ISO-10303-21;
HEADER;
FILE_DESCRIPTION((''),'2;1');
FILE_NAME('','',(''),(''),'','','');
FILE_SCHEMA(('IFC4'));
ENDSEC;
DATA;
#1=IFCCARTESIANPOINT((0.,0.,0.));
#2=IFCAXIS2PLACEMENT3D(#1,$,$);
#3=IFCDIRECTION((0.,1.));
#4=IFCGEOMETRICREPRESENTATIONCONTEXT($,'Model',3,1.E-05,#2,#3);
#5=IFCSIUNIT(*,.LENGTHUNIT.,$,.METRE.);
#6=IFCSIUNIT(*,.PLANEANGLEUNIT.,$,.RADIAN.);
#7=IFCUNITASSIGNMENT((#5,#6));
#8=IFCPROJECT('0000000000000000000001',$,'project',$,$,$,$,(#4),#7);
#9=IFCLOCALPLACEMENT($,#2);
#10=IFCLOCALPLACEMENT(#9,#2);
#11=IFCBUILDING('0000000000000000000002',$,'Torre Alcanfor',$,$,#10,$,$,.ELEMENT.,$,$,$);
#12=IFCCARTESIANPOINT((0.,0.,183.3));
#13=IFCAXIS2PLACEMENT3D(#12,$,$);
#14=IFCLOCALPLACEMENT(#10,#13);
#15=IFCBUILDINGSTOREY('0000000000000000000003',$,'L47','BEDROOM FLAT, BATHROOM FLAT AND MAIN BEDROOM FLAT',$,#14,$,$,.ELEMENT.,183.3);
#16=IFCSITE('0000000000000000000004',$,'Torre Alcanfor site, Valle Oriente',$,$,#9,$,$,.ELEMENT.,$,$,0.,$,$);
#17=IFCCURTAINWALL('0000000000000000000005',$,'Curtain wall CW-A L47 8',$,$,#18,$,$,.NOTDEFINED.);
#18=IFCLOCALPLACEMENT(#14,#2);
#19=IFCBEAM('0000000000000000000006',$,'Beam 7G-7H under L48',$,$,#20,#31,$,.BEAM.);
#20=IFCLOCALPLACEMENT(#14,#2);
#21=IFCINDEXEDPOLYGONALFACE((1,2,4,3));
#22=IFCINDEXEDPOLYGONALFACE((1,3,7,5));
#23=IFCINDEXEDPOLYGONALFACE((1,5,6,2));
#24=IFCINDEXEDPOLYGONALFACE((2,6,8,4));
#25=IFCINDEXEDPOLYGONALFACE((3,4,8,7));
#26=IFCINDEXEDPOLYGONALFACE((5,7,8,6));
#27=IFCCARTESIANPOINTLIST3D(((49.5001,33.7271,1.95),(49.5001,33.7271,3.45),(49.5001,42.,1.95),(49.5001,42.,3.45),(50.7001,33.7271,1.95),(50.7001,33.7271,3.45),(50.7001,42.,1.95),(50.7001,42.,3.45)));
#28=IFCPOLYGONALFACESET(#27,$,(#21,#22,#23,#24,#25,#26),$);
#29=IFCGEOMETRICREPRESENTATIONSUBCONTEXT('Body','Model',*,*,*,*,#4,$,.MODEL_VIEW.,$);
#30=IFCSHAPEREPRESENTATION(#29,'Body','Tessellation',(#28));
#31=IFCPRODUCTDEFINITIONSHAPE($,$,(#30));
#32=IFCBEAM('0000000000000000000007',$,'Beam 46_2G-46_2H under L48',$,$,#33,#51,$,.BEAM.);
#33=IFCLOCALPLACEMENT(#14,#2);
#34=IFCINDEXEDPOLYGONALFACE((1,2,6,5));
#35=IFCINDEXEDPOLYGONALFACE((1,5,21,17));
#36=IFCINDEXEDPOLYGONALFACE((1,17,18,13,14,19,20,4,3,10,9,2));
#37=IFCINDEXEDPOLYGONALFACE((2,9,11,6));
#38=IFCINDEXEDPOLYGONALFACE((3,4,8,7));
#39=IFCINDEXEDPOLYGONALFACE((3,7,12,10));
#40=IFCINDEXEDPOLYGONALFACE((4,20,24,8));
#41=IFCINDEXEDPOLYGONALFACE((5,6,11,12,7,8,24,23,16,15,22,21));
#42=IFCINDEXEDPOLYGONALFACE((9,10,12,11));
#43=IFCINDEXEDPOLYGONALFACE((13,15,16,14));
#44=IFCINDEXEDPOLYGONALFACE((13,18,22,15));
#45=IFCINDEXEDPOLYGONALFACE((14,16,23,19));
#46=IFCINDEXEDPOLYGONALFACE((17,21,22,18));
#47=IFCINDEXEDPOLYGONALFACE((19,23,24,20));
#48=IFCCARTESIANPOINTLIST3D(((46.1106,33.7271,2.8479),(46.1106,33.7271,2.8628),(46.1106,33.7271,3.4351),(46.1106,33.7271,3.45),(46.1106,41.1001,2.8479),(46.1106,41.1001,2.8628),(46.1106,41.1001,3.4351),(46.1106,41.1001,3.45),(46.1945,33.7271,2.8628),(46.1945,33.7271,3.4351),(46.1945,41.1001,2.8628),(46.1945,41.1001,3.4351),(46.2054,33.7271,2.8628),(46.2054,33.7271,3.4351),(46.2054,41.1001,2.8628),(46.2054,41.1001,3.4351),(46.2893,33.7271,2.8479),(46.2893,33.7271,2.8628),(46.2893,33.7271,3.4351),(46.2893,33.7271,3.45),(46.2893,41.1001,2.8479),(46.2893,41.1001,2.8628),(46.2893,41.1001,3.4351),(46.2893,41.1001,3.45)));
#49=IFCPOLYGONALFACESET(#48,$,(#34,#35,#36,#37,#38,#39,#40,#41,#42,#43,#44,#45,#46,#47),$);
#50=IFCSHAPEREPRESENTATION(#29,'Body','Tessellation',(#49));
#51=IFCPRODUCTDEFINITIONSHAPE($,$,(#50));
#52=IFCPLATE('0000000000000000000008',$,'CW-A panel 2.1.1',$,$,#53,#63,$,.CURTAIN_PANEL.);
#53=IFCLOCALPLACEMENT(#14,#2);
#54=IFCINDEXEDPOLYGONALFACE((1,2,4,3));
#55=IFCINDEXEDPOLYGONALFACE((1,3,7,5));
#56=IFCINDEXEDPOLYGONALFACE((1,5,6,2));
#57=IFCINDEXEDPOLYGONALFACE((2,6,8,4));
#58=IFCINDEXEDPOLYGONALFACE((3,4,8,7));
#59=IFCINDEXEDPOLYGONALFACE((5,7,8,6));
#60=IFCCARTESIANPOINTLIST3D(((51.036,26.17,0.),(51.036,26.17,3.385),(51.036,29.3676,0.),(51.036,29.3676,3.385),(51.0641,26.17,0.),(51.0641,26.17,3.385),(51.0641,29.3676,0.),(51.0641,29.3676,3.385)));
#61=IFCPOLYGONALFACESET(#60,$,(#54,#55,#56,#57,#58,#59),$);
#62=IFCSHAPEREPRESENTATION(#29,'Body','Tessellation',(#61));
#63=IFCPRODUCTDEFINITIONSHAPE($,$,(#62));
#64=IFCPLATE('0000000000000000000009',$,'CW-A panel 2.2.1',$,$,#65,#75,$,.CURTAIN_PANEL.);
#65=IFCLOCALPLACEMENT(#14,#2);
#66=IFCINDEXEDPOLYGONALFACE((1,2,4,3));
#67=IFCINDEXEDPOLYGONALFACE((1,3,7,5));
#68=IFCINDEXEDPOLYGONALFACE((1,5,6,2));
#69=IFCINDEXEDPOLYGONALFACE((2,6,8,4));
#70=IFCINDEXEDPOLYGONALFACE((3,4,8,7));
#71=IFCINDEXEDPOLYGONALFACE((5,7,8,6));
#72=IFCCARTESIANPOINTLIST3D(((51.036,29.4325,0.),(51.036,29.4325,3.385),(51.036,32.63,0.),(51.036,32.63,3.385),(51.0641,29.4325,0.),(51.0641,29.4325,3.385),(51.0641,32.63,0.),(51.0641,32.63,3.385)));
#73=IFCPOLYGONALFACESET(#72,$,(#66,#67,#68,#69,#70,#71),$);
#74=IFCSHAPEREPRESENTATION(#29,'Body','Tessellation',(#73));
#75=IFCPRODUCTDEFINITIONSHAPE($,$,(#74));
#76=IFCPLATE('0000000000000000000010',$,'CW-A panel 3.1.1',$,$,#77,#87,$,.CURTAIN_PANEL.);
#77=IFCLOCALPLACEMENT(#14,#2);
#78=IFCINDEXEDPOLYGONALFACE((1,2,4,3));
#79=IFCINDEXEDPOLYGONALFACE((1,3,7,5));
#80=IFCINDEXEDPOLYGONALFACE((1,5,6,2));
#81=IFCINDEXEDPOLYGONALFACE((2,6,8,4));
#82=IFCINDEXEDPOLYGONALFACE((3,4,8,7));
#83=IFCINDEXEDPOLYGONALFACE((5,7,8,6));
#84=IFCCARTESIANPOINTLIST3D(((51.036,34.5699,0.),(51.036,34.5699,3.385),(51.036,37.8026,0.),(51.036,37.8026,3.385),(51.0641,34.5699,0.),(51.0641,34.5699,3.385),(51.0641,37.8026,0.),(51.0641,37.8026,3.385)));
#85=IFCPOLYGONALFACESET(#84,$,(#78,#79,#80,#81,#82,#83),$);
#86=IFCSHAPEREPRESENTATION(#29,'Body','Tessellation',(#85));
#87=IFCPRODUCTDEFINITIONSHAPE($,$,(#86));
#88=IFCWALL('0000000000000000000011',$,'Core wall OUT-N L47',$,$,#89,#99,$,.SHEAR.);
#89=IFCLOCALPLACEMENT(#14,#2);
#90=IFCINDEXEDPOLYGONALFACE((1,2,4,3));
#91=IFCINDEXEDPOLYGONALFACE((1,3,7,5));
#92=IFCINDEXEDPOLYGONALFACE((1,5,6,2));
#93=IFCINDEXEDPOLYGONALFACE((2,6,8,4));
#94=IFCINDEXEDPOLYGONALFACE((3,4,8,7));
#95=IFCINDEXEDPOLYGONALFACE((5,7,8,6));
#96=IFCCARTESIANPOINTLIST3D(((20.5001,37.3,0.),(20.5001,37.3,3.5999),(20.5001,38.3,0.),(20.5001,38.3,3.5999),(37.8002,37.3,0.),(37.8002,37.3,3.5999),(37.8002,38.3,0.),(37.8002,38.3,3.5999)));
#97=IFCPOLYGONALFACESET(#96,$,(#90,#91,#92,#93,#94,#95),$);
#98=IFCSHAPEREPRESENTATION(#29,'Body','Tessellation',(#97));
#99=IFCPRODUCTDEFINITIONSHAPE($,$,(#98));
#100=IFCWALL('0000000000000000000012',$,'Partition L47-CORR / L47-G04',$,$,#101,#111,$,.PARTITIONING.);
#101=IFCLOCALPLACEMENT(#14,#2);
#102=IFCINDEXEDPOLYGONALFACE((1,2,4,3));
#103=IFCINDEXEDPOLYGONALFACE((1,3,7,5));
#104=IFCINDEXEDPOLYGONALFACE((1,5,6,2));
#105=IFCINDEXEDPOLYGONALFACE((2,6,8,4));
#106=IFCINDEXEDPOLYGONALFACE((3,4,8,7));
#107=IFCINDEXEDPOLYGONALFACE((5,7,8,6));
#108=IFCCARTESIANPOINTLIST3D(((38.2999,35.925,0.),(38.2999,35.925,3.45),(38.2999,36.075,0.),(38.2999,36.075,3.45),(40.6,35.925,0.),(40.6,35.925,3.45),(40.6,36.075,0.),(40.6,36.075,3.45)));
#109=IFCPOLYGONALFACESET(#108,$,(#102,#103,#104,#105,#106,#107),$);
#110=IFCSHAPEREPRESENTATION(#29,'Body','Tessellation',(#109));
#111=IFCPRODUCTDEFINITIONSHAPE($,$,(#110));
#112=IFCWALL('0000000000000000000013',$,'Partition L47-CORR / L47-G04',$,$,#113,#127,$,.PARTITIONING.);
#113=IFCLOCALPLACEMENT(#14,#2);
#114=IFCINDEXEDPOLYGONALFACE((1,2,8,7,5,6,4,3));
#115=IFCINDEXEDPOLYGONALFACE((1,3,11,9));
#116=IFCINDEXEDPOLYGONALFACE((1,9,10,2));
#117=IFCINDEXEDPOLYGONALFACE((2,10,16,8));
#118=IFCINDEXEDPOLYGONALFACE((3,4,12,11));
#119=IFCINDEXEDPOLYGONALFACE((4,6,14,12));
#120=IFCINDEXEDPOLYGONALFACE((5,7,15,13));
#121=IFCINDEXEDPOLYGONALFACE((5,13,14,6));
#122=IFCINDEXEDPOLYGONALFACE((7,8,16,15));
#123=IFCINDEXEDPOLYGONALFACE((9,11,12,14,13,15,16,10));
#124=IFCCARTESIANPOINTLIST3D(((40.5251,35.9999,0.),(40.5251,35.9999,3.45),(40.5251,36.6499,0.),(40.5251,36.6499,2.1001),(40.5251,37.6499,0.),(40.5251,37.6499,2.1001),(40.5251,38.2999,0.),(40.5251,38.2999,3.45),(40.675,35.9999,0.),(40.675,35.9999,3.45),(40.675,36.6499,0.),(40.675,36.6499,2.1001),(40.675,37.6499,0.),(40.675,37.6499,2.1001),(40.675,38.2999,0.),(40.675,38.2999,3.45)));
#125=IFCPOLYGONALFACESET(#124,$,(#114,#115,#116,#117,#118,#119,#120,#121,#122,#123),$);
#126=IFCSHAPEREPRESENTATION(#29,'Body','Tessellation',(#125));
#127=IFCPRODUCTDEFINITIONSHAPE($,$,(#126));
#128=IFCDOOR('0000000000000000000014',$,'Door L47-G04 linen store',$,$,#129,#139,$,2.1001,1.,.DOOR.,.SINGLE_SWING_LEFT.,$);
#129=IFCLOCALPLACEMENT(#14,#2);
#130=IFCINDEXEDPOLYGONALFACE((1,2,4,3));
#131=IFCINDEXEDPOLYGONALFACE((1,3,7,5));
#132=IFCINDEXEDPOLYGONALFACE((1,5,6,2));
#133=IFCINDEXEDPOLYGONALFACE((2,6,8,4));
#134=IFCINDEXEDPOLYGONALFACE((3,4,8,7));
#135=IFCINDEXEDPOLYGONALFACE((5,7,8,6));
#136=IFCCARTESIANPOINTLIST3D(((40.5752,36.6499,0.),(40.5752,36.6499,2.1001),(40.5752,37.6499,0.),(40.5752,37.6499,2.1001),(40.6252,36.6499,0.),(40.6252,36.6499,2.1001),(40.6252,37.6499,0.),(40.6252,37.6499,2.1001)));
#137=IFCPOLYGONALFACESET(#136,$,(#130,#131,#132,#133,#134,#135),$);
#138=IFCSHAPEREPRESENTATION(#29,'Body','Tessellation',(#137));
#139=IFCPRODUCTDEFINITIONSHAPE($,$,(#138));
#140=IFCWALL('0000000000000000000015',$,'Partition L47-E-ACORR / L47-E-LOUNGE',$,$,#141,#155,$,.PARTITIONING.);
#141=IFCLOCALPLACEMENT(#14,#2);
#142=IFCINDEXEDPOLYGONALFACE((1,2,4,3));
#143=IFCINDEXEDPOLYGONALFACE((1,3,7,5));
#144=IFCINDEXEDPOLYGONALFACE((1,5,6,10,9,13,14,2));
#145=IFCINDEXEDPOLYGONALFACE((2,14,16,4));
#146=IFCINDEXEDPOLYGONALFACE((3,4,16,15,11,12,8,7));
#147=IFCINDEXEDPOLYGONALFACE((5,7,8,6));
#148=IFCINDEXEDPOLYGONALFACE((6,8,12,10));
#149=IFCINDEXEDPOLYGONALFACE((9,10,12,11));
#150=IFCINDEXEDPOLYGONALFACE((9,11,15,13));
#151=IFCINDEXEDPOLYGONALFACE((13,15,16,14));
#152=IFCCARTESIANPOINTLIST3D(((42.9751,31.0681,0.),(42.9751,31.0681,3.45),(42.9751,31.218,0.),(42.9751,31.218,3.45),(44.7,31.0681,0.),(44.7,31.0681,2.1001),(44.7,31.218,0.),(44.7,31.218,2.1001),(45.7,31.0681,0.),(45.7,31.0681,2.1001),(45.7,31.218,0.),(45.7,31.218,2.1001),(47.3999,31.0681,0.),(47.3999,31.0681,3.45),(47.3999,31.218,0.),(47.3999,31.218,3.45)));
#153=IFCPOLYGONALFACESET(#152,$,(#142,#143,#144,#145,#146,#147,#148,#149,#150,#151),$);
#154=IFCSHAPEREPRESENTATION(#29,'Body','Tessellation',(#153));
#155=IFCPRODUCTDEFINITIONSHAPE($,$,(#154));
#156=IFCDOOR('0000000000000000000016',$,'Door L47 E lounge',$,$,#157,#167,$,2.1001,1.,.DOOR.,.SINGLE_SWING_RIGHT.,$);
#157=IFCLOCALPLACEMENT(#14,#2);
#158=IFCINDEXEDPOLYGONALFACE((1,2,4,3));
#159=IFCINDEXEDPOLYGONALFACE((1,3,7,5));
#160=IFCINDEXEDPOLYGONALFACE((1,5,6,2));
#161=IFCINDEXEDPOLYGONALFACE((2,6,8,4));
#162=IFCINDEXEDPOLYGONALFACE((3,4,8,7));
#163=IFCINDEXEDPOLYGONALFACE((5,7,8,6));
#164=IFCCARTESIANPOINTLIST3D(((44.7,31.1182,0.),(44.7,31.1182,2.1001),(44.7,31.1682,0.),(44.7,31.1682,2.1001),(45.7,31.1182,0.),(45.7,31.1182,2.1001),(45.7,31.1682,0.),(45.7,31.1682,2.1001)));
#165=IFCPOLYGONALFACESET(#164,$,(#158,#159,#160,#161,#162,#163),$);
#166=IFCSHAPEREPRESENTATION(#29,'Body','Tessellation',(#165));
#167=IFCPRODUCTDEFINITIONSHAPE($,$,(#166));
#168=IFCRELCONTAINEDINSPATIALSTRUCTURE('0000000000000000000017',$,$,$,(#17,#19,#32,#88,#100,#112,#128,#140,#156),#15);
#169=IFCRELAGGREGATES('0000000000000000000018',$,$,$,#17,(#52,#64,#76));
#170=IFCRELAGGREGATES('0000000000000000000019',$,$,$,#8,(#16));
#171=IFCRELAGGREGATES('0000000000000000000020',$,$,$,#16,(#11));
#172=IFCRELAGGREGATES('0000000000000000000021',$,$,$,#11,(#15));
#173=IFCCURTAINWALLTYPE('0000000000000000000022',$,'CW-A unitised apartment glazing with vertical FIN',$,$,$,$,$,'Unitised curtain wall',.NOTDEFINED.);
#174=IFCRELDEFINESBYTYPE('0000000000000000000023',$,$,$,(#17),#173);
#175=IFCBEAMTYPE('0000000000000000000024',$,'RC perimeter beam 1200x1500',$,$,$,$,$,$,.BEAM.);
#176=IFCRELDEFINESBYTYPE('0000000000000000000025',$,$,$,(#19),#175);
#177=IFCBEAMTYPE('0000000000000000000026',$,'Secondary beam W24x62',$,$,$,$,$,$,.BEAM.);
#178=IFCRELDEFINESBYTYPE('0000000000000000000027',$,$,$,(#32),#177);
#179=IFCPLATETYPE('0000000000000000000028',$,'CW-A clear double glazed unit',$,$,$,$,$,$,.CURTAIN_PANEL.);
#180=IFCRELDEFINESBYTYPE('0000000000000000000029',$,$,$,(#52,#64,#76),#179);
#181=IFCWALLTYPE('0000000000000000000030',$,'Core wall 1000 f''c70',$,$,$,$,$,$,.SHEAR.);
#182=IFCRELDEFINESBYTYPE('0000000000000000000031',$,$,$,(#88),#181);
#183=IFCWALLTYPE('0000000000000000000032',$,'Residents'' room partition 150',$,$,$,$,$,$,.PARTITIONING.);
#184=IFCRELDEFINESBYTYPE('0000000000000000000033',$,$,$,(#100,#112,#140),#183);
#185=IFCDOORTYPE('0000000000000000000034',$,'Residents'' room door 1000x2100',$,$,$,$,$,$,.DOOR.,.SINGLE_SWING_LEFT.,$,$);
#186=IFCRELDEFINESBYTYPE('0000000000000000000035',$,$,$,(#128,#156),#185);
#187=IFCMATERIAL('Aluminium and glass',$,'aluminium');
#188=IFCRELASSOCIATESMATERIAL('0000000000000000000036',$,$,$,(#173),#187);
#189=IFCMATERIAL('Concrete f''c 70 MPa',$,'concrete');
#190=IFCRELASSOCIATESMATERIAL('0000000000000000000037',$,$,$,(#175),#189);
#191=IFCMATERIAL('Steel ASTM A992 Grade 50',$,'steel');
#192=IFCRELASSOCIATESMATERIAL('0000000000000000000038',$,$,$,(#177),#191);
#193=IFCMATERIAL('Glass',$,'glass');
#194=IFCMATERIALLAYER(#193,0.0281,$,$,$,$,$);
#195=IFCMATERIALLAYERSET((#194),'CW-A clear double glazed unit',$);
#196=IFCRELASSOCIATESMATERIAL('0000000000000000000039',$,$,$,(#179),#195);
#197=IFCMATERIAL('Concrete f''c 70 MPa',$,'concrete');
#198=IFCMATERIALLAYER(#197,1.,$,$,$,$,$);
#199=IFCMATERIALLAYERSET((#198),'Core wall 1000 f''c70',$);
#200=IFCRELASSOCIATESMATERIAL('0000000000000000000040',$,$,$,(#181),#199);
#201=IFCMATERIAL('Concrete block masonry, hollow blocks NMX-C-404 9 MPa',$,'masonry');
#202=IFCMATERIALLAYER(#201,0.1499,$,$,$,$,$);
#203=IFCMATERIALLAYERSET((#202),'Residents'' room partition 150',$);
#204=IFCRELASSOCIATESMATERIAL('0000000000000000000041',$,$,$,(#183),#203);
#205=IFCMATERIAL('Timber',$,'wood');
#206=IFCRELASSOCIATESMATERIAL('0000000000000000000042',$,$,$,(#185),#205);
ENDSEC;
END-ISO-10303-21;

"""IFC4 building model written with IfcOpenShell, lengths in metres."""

from ifc_helpers import new_model, si_unit, direction, frame, frame_2d, origin, origin_2d, place, context, subcontext, project, spatial, rectangle, i_section, extrude, material, layer, layer_set, material_profile, profile_set, type_object, element, fill, aggregate, save


model = new_model("IFC4")

# Units and contexts
model_context = context("Model", 3, precision=1e-05, world=origin(), true_north=direction((0.0, 1.0)))
body_context = subcontext(model_context, "Body", "Model", "MODEL_VIEW")
ifc_project = project(units=[si_unit("LENGTHUNIT", "METRE"), si_unit("PLANEANGLEUNIT", "RADIAN")], contexts=[model_context])

# Site, building, storey
site_placement = place(None, origin())
site = spatial("IfcSite", under=ifc_project, at=site_placement, Name="Torre Alcanfor site, Valle Oriente", CompositionType="ELEMENT", RefElevation=0.0)
building_placement = place(site_placement, origin())
building = spatial("IfcBuilding", under=site, at=building_placement, Name="Torre Alcanfor", CompositionType="ELEMENT")
storey_placement = place(building_placement, frame((0.0, 0.0, 183.3)))
storey = spatial("IfcBuildingStorey", under=building, at=storey_placement, Name="L47", Description="BEDROOM FLAT, BATHROOM FLAT AND MAIN BEDROOM FLAT", CompositionType="ELEMENT", Elevation=183.3)

# Curtain wall
ifc_material_1 = material(Name="Aluminium and glass", Category="aluminium")
curtain_wall_type = type_object("IfcCurtainWallType", Name="CW-A unitised apartment glazing with vertical FIN", ElementType="Unitised curtain wall", PredefinedType="NOTDEFINED", material=ifc_material_1)
curtain_wall_placement = place(storey_placement, origin())
curtain_wall = element("IfcCurtainWall", 1, at=curtain_wall_placement, inside=storey, type_object=curtain_wall_type, Name="Curtain wall CW-A L47 8", PredefinedType="NOTDEFINED")

# Beams
ifc_material_2 = material(Name="Concrete f'c 70 MPa", Category="concrete")
ifc_material_profile_1 = material_profile(ifc_material_2, rectangle(XDim=1.2, YDim=1.5, at=origin_2d()), Name="1200x1500")
ifc_profile_set_1 = profile_set([ifc_material_profile_1], Name="Concrete f'c 70 MPa")
beam_type_1 = type_object("IfcBeamType", Name="RC perimeter beam 1200x1500", PredefinedType="BEAM", material=ifc_profile_set_1)
beam_1_placement = place(storey_placement, frame((50.1001, 33.7271, 2.7), z_axis=(0.0, 1.0, 0.0), x_axis=(-1.0, 0.0, 0.0)))
element("IfcBeam", 2, at=beam_1_placement, inside=storey, type_object=beam_type_1, Name="Beam 7G-7H under L48", PredefinedType="BEAM", context=body_context, shape_type="SweptSolid", body=[
    extrude(rectangle(XDim=1.2, YDim=1.5, at=origin_2d()), origin(), (0.0, 0.0, 1.0), 8.2729),
])
ifc_material_3 = material(Name="Steel ASTM A992 Grade 50", Category="steel")
ifc_material_profile_2 = material_profile(ifc_material_3, i_section(OverallWidth=0.1787, OverallDepth=0.6021, WebThickness=0.011, FlangeThickness=0.0149, at=origin_2d()), Name="W24x62")
ifc_profile_set_2 = profile_set([ifc_material_profile_2], Name="Steel ASTM A992 Grade 50")
beam_type_2 = type_object("IfcBeamType", Name="Secondary beam W24x62", PredefinedType="BEAM", material=ifc_profile_set_2)
beam_2_placement = place(storey_placement, frame((46.2, 33.7271, 3.1489), z_axis=(0.0, 1.0, 0.0), x_axis=(-1.0, 0.0, 0.0)))
element("IfcBeam", 3, at=beam_2_placement, inside=storey, type_object=beam_type_2, Name="Beam 46_2G-46_2H under L48", PredefinedType="BEAM", context=body_context, shape_type="SweptSolid", body=[
    extrude(i_section(OverallWidth=0.1787, OverallDepth=0.6021, WebThickness=0.011, FlangeThickness=0.0149, at=origin_2d()), origin(), (0.0, 0.0, 1.0), 7.373),
])

# Plates
ifc_material_4 = material(Name="Glass", Category="glass")
ifc_layer_1 = layer(ifc_material_4, 0.0281)
ifc_layer_set_1 = layer_set([ifc_layer_1], Name="CW-A clear double glazed unit")
plate_type = type_object("IfcPlateType", Name="CW-A clear double glazed unit", PredefinedType="CURTAIN_PANEL", material=ifc_layer_set_1)
plate_1_placement = place(storey_placement, frame((51.05, 27.7688, 0.0), z_axis=(0.0, 0.0, 1.0), x_axis=(0.0, 1.0, 0.0)))
plate_1 = element("IfcPlate", 4, at=plate_1_placement, type_object=plate_type, Name="CW-A panel 2.1.1", PredefinedType="CURTAIN_PANEL", context=body_context, shape_type="SweptSolid", body=[
    extrude(rectangle(XDim=3.1975, YDim=0.0281, at=origin_2d()), origin(), (0.0, 0.0, 1.0), 3.385),
])
plate_2_placement = place(storey_placement, frame((51.05, 31.0312, 0.0), z_axis=(0.0, 0.0, 1.0), x_axis=(0.0, 1.0, 0.0)))
plate_2 = element("IfcPlate", 5, at=plate_2_placement, type_object=plate_type, Name="CW-A panel 2.2.1", PredefinedType="CURTAIN_PANEL", context=body_context, shape_type="SweptSolid", body=[
    extrude(rectangle(XDim=3.1975, YDim=0.0281, at=origin_2d()), origin(), (0.0, 0.0, 1.0), 3.385),
])
plate_3_placement = place(storey_placement, frame((51.05, 36.1863, 0.0), z_axis=(0.0, 0.0, 1.0), x_axis=(0.0, 1.0, 0.0)))
plate_3 = element("IfcPlate", 6, at=plate_3_placement, type_object=plate_type, Name="CW-A panel 3.1.1", PredefinedType="CURTAIN_PANEL", context=body_context, shape_type="SweptSolid", body=[
    extrude(rectangle(XDim=3.2327, YDim=0.0281, at=origin_2d()), origin(), (0.0, 0.0, 1.0), 3.385),
])
aggregate(curtain_wall, [plate_1, plate_2, plate_3])

# Walls
ifc_material_5 = material(Name="Concrete f'c 70 MPa", Category="concrete")
ifc_layer_2 = layer(ifc_material_5, 1.0)
ifc_layer_set_2 = layer_set([ifc_layer_2], Name="Core wall 1000 f'c70")
wall_type_1 = type_object("IfcWallType", Name="Core wall 1000 f'c70", PredefinedType="SHEAR", material=ifc_layer_set_2)
wall_1_placement = place(storey_placement, frame((37.8, 37.8, 0.0), z_axis=(0.0, 0.0, 1.0), x_axis=(-1.0, 0.0, 0.0)))
element("IfcWall", 7, at=wall_1_placement, inside=storey, type_object=wall_type_1, Name="Core wall OUT-N L47", PredefinedType="SHEAR", context=body_context, shape_type="SweptSolid", body=[
    extrude(rectangle(XDim=17.3, YDim=1.0, at=frame_2d((8.6499, 0.0))), origin(), (0.0, 0.0, 1.0), 3.5999),
])
ifc_material_6 = material(Name="Concrete block masonry, hollow blocks NMX-C-404 9 MPa", Category="masonry")
ifc_layer_3 = layer(ifc_material_6, 0.1499)
ifc_layer_set_3 = layer_set([ifc_layer_3], Name="Residents' room partition 150")
wall_type_2 = type_object("IfcWallType", Name="Residents' room partition 150", PredefinedType="PARTITIONING", material=ifc_layer_set_3)
wall_2_placement = place(storey_placement, frame((38.3, 36.0, 0.0), z_axis=(0.0, 0.0, 1.0), x_axis=(1.0, 0.0, 0.0)))
element("IfcWall", 8, at=wall_2_placement, inside=storey, type_object=wall_type_2, Name="Partition L47-CORR / L47-G04", PredefinedType="PARTITIONING", context=body_context, shape_type="SweptSolid", body=[
    extrude(rectangle(XDim=2.3, YDim=0.1499, at=frame_2d((1.1499, 0.0))), origin(), (0.0, 0.0, 1.0), 3.45),
])

# Walls, openings, doors
wall_3_placement = place(storey_placement, frame((40.6001, 36.0, 0.0), z_axis=(0.0, 0.0, 1.0), x_axis=(0.0, 1.0, 0.0)))
wall_3 = element("IfcWall", 9, at=wall_3_placement, inside=storey, type_object=wall_type_2, Name="Partition L47-CORR / L47-G04", PredefinedType="PARTITIONING", context=body_context, shape_type="SweptSolid", body=[
    extrude(rectangle(XDim=2.3, YDim=0.1499, at=frame_2d((1.1499, 0.0))), origin(), (0.0, 0.0, 1.0), 3.45),
])
opening_1_placement = place(wall_3_placement, frame((0.6499, 0.0, 0.0)))
opening_1 = element("IfcOpeningElement", 10, at=opening_1_placement, cuts=wall_3, PredefinedType="OPENING", context=body_context, shape_type="SweptSolid", body=[
    extrude(rectangle(XDim=1.0, YDim=2.1001, at=frame_2d((0.5, 1.05))), frame((0.0, 0.085, 0.0), z_axis=(0.0, -1.0, 0.0), x_axis=(1.0, 0.0, 0.0)), (0.0, 0.0, 1.0), 0.1699),
])
ifc_material_7 = material(Name="Timber", Category="wood")
door_type = type_object("IfcDoorType", Name="Residents' room door 1000x2100", OperationType="SINGLE_SWING_LEFT", PredefinedType="DOOR", material=ifc_material_7)
door_1_placement = place(opening_1_placement, origin())
door_1 = element("IfcDoor", 11, at=door_1_placement, inside=storey, type_object=door_type, Name="Door L47-G04 linen store", OperationType="SINGLE_SWING_LEFT", OverallHeight=2.1001, OverallWidth=1.0, PredefinedType="DOOR", context=body_context, shape_type="SweptSolid", body=[
    extrude(rectangle(XDim=1.0, YDim=2.1001, at=frame_2d((0.5, 1.05))), frame((0.0, 0.0249, 0.0), z_axis=(0.0, -1.0, 0.0), x_axis=(1.0, 0.0, 0.0)), (0.0, 0.0, 1.0), 0.05),
])
fill(opening_1, door_1)
wall_4_placement = place(storey_placement, frame((47.3999, 31.1431, 0.0), z_axis=(0.0, 0.0, 1.0), x_axis=(-1.0, 0.0, 0.0)))
wall_4 = element("IfcWall", 12, at=wall_4_placement, inside=storey, type_object=wall_type_2, Name="Partition L47-E-ACORR / L47-E-LOUNGE", PredefinedType="PARTITIONING", context=body_context, shape_type="SweptSolid", body=[
    extrude(rectangle(XDim=4.4248, YDim=0.1499, at=frame_2d((2.2124, 0.0))), origin(), (0.0, 0.0, 1.0), 3.45),
])
opening_2_placement = place(wall_4_placement, frame((1.7, 0.0, 0.0)))
opening_2 = element("IfcOpeningElement", 13, at=opening_2_placement, cuts=wall_4, PredefinedType="OPENING", context=body_context, shape_type="SweptSolid", body=[
    extrude(rectangle(XDim=1.0, YDim=2.1001, at=frame_2d((0.5, 1.05))), frame((0.0, 0.085, 0.0), z_axis=(0.0, -1.0, 0.0), x_axis=(1.0, 0.0, 0.0)), (0.0, 0.0, 1.0), 0.1699),
])
door_2_placement = place(opening_2_placement, frame((1.0, 0.0, 0.0), z_axis=(0.0, 0.0, 1.0), x_axis=(-1.0, 0.0, 0.0)))
door_2 = element("IfcDoor", 14, at=door_2_placement, inside=storey, type_object=door_type, Name="Door L47 E lounge", OperationType="SINGLE_SWING_RIGHT", OverallHeight=2.1001, OverallWidth=1.0, PredefinedType="DOOR", context=body_context, shape_type="SweptSolid", body=[
    extrude(rectangle(XDim=1.0, YDim=2.1001, at=frame_2d((0.5, 1.05))), frame((0.0, 0.0251, 0.0), z_axis=(0.0, -1.0, 0.0), x_axis=(1.0, 0.0, 0.0)), (0.0, 0.0, 1.0), 0.05),
])
fill(opening_2, door_2)

save(model, "model.ifc")
